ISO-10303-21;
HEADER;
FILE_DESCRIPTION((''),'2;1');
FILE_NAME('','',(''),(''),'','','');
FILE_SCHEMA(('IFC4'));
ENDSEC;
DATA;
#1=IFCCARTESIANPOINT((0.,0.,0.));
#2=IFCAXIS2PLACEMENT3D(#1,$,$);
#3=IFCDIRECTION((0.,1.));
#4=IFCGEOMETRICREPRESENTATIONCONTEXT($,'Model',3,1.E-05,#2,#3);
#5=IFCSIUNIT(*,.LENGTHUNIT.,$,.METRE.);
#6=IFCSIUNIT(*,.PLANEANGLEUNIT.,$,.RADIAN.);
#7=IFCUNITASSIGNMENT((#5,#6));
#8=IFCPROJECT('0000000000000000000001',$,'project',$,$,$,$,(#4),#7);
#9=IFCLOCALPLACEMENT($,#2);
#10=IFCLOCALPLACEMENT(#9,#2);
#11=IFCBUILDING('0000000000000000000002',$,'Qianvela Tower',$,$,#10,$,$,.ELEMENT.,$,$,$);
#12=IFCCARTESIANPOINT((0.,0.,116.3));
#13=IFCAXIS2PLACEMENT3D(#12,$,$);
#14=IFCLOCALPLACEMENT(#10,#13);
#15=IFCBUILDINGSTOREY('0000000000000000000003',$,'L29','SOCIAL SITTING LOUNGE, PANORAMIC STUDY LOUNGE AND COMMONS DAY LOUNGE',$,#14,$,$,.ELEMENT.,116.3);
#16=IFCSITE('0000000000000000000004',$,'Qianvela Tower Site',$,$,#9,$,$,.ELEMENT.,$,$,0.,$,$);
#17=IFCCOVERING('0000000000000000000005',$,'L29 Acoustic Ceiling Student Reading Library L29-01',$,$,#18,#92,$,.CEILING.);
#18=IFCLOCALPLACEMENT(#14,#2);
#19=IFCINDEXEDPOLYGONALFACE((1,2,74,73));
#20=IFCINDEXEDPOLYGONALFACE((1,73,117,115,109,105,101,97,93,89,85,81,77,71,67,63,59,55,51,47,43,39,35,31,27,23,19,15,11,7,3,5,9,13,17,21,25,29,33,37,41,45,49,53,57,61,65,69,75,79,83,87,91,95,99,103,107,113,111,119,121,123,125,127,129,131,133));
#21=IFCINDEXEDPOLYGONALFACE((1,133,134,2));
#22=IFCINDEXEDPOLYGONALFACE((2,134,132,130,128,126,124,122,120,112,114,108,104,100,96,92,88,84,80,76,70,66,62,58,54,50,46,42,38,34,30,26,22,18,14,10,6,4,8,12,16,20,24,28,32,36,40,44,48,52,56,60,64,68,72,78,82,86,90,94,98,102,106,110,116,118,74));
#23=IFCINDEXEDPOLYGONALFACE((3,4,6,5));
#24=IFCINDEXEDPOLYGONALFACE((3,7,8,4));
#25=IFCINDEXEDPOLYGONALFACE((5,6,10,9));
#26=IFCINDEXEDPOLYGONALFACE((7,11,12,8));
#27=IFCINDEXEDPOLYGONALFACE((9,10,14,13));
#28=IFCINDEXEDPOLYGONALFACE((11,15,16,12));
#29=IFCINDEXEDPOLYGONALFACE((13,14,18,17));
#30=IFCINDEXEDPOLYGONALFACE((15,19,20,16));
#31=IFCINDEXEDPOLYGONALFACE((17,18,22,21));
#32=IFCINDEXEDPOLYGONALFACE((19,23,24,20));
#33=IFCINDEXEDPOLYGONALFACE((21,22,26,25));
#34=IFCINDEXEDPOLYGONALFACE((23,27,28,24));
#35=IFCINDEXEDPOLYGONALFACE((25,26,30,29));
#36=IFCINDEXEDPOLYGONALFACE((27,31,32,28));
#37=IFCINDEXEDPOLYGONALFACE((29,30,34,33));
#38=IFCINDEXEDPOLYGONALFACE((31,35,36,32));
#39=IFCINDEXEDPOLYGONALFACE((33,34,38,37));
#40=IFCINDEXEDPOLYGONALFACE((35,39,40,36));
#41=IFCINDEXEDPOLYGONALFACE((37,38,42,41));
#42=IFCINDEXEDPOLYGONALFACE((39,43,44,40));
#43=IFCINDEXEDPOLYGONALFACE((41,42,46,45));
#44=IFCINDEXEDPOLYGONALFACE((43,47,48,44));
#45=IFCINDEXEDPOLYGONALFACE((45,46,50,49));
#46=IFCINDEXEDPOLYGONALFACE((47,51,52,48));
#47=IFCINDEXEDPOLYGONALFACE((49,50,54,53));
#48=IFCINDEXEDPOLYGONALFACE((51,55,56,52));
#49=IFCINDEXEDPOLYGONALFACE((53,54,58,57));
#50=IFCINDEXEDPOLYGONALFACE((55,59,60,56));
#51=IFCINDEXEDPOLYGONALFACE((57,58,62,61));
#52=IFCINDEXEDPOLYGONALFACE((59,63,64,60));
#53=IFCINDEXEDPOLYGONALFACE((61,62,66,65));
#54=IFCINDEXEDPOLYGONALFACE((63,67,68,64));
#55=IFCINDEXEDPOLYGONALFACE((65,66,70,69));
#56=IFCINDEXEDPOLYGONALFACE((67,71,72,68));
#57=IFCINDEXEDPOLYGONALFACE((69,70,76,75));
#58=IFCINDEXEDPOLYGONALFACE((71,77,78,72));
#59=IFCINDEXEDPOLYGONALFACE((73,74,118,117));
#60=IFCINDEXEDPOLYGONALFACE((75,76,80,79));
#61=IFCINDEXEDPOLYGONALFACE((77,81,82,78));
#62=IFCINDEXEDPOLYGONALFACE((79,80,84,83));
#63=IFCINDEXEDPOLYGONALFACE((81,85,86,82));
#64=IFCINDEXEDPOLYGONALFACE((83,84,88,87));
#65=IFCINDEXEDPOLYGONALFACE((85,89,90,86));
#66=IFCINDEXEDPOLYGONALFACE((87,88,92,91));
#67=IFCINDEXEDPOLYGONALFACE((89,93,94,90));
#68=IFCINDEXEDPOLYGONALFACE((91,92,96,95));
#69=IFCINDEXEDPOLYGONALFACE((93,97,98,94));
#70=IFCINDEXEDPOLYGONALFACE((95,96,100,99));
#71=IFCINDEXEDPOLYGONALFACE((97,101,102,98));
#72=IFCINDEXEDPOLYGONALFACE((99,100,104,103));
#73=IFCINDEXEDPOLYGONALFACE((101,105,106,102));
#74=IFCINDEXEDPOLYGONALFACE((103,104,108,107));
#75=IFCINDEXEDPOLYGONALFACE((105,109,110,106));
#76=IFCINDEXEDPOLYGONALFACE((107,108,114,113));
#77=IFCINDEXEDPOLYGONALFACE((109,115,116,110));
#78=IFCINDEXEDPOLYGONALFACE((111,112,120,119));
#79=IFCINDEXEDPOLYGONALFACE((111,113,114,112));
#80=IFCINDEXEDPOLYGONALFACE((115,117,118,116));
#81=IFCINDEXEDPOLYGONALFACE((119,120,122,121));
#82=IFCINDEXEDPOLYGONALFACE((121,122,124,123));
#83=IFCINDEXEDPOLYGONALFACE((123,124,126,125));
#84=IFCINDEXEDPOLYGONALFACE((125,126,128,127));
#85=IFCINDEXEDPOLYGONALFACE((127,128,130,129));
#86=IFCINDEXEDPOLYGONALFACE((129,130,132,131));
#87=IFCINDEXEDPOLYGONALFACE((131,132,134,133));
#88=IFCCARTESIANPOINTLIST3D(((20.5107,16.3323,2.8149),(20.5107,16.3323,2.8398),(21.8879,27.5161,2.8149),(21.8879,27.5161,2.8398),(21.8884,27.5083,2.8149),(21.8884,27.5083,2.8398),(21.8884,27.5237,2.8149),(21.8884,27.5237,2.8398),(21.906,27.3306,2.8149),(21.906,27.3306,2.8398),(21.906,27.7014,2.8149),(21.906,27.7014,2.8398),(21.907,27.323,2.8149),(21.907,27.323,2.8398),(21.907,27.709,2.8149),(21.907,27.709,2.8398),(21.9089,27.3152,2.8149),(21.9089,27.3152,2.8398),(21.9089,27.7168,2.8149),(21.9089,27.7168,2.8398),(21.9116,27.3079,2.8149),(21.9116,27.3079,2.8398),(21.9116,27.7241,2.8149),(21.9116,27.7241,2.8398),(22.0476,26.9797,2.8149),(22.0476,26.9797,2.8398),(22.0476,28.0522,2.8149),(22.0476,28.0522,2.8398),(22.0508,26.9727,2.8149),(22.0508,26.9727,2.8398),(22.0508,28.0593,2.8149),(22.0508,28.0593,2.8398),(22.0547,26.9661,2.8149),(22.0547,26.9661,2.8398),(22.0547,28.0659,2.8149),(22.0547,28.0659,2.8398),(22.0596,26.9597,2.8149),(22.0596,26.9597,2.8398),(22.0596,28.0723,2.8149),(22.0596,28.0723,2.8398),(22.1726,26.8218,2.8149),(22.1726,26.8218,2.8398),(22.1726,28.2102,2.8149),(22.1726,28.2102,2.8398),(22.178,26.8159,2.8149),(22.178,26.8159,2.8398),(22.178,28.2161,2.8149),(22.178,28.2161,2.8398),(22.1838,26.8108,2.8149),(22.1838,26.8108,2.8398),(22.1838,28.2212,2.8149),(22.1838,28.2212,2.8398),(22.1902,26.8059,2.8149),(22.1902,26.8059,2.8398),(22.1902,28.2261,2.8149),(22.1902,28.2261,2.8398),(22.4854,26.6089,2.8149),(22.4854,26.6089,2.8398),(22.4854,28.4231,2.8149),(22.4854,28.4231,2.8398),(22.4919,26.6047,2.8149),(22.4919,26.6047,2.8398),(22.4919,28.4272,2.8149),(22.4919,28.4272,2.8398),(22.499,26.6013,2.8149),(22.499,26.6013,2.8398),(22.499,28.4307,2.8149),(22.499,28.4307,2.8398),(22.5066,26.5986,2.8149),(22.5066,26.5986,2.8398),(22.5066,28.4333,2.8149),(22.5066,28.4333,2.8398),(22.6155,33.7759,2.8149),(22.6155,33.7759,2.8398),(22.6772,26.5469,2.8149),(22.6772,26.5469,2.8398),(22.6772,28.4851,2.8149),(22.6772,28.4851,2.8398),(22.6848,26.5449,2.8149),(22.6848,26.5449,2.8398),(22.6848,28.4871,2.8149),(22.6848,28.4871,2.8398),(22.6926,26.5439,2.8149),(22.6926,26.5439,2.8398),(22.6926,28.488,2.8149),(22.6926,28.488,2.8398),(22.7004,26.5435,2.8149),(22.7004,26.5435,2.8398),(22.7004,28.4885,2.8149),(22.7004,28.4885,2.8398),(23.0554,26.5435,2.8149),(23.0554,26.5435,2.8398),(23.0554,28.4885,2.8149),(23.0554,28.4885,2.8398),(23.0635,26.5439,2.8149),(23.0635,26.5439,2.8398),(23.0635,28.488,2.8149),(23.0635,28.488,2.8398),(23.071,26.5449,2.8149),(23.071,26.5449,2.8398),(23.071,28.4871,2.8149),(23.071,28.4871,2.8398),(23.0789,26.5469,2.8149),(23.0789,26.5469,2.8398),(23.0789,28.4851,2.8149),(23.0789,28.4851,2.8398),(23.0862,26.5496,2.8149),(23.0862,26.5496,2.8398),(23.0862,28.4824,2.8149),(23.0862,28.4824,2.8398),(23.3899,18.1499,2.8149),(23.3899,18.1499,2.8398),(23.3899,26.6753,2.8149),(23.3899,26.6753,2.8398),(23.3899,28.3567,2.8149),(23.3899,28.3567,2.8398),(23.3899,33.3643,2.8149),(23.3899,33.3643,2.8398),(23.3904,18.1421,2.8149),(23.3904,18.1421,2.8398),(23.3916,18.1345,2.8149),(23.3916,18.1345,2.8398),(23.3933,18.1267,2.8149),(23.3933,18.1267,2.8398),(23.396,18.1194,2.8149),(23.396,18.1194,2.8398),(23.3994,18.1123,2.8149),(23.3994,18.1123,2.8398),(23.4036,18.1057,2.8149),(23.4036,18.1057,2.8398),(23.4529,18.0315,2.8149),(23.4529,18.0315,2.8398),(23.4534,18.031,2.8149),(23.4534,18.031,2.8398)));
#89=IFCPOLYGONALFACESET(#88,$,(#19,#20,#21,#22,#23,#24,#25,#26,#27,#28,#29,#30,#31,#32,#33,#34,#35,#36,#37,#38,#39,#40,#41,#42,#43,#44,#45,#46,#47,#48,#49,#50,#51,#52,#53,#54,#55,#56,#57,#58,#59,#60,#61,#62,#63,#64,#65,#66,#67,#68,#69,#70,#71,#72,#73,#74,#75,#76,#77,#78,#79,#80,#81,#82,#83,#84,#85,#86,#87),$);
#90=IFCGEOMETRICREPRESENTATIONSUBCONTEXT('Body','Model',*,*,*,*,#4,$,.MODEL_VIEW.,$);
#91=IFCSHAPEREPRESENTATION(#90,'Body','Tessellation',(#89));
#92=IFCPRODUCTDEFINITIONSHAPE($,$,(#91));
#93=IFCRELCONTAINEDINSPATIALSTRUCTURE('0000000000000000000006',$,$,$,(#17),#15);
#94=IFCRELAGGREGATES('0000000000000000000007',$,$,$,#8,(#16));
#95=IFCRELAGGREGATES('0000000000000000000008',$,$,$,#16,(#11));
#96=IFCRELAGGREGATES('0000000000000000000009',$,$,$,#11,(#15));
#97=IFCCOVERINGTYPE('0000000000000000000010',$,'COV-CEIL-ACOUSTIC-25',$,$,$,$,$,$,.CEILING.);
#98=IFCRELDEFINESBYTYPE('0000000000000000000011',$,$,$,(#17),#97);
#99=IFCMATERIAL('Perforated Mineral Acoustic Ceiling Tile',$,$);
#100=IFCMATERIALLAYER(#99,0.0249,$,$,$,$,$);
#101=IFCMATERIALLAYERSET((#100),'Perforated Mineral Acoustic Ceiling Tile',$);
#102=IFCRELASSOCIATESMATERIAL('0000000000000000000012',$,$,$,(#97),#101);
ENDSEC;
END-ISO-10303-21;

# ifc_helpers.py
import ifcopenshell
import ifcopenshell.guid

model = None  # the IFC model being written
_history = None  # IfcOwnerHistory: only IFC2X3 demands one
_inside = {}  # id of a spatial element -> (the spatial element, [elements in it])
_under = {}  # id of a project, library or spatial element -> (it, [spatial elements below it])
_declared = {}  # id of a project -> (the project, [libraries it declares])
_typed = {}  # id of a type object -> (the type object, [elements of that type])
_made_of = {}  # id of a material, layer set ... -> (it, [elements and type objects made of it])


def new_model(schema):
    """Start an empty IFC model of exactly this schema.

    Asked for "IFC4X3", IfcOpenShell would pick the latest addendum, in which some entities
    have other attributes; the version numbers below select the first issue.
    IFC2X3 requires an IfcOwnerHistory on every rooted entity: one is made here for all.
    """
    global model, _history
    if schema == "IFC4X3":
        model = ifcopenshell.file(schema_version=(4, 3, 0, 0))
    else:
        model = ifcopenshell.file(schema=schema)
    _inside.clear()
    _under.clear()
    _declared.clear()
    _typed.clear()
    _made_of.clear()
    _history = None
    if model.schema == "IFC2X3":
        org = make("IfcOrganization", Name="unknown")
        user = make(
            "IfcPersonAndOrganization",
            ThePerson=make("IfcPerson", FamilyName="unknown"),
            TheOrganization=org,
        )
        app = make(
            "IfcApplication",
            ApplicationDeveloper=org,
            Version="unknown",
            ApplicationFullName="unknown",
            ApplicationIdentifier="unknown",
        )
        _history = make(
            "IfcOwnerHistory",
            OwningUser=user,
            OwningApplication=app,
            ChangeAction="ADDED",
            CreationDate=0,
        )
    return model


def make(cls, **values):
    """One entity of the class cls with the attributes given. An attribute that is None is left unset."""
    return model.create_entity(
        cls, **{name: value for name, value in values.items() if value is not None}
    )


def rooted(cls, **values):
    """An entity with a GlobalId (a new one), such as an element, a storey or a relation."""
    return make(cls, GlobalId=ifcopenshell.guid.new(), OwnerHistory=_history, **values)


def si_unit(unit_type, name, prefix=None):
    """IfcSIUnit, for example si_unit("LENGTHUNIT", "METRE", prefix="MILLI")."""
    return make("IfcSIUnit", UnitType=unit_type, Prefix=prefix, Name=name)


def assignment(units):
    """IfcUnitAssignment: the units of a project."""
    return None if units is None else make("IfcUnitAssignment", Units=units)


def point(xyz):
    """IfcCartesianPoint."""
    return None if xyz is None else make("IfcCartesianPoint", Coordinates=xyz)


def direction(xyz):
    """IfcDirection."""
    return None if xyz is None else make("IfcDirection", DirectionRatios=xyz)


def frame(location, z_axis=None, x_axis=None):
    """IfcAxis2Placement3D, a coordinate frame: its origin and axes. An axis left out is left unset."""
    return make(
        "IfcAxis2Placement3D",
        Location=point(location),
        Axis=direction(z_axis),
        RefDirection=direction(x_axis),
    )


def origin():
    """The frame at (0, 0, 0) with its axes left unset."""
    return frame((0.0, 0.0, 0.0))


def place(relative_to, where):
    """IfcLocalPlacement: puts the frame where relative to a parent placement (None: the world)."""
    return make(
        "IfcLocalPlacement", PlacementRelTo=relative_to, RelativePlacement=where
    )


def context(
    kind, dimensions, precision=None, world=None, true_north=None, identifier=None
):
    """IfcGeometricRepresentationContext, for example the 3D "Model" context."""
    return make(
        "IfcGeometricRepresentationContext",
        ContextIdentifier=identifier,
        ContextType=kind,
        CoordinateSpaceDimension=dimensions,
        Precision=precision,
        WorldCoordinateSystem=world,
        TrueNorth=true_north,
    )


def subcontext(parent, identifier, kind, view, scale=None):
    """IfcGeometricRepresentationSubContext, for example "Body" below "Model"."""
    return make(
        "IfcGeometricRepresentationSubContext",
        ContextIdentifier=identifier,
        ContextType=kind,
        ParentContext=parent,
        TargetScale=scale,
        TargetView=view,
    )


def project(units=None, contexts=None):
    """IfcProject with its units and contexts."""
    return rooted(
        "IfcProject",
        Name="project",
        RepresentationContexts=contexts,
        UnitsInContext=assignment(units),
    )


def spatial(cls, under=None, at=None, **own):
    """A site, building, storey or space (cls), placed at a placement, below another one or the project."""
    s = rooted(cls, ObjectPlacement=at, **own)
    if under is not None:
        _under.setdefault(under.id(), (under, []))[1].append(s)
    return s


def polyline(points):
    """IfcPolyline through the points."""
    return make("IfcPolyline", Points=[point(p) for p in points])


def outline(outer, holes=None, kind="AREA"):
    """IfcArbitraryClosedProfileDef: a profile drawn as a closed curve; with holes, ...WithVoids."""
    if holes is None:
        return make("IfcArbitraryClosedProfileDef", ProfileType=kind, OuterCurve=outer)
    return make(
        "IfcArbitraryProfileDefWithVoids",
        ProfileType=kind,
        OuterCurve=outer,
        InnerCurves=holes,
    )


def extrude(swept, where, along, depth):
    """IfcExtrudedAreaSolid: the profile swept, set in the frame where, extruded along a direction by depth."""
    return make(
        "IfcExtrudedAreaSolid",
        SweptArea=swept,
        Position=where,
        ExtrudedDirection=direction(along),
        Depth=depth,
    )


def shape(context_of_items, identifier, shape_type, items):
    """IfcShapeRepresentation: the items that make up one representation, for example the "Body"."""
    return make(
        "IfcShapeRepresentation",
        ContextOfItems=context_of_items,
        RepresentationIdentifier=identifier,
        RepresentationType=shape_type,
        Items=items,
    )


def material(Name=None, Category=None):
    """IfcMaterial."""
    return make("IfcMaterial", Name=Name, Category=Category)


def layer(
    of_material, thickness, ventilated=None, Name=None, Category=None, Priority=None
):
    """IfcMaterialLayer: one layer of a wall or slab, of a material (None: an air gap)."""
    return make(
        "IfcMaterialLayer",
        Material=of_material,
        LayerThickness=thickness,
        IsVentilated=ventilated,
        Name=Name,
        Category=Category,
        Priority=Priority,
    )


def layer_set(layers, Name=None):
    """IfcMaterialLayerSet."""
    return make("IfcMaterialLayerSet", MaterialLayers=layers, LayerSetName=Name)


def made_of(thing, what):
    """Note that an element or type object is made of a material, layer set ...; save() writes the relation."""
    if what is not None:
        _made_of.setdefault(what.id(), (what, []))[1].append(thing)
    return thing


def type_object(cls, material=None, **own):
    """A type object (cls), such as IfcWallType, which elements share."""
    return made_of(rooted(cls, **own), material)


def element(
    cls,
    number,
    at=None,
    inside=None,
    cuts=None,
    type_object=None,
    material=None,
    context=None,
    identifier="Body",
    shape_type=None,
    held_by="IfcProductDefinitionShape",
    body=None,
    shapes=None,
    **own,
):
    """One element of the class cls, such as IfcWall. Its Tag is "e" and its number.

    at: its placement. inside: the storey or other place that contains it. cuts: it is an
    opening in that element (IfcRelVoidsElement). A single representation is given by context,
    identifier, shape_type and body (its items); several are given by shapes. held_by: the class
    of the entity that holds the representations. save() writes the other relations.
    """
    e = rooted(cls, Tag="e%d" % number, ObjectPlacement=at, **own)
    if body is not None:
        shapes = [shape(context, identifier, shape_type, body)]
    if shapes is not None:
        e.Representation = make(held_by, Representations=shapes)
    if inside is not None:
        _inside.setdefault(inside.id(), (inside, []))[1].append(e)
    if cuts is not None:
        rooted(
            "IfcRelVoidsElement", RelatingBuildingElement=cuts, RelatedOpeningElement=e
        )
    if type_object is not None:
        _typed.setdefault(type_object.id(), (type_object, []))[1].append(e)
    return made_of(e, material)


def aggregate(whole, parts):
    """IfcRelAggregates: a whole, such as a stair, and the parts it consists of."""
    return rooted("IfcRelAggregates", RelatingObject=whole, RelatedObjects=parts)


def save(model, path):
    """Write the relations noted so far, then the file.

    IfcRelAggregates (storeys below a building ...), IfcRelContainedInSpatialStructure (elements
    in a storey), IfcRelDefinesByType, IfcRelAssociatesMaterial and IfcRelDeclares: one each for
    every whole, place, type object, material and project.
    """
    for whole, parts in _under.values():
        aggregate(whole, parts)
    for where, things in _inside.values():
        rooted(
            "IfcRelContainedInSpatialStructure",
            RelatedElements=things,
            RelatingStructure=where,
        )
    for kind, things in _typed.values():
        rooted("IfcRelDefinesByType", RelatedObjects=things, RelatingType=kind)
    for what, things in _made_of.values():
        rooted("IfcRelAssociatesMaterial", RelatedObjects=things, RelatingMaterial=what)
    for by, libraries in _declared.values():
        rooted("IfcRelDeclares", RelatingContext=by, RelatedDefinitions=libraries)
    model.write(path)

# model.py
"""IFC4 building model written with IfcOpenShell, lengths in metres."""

from ifc_helpers import new_model, si_unit, direction, frame, origin, place, context, subcontext, project, spatial, polyline, outline, extrude, material, layer, layer_set, type_object, element, save


model = new_model("IFC4")

# Units and contexts
model_context = context("Model", 3, precision=1e-05, world=origin(), true_north=direction((0.0, 1.0)))
body_context = subcontext(model_context, "Body", "Model", "MODEL_VIEW")
ifc_project = project(units=[si_unit("LENGTHUNIT", "METRE"), si_unit("PLANEANGLEUNIT", "RADIAN")], contexts=[model_context])

# Site, building, storey
site_placement = place(None, origin())
site = spatial("IfcSite", under=ifc_project, at=site_placement, Name="Qianvela Tower Site", CompositionType="ELEMENT", RefElevation=0.0)
building_placement = place(site_placement, origin())
building = spatial("IfcBuilding", under=site, at=building_placement, Name="Qianvela Tower", CompositionType="ELEMENT")
storey_placement = place(building_placement, frame((0.0, 0.0, 116.3)))
storey = spatial("IfcBuildingStorey", under=building, at=storey_placement, Name="L29", Description="SOCIAL SITTING LOUNGE, PANORAMIC STUDY LOUNGE AND COMMONS DAY LOUNGE", CompositionType="ELEMENT", Elevation=116.3)

# Covering
ifc_material_1 = material(Name="Perforated Mineral Acoustic Ceiling Tile")
ifc_layer_1 = layer(ifc_material_1, 0.0249)
ifc_layer_set_1 = layer_set([ifc_layer_1], Name="Perforated Mineral Acoustic Ceiling Tile")
covering_type_1 = type_object("IfcCoveringType", Name="COV-CEIL-ACOUSTIC-25", PredefinedType="CEILING", material=ifc_layer_set_1)
covering_1_placement = place(storey_placement, frame((0.0, 0.0, 2.8149)))
element("IfcCovering", 1, at=covering_1_placement, inside=storey, type_object=covering_type_1, Name="L29 Acoustic Ceiling Student Reading Library L29-01", PredefinedType="CEILING", context=body_context, shape_type="SweptSolid", body=[
    extrude(outline(polyline([(23.3899, 26.6753), (23.3899, 18.1499), (23.3904, 18.1421), (23.3916, 18.1345), (23.3933, 18.1267), (23.396, 18.1194), (23.3994, 18.1123), (23.4036, 18.1057), (23.4529, 18.0315), (23.4534, 18.031), (20.5107, 16.3323), (22.6155, 33.7759), (23.3899, 33.3643), (23.3899, 28.3567), (23.0862, 28.4824), (23.0789, 28.4851), (23.071, 28.4871), (23.0635, 28.488), (23.0554, 28.4885), (22.7004, 28.4885), (22.6926, 28.488), (22.6848, 28.4871), (22.6772, 28.4851), (22.5066, 28.4333), (22.499, 28.4307), (22.4919, 28.4272), (22.4854, 28.4231), (22.1902, 28.2261), (22.1838, 28.2212), (22.178, 28.2161), (22.1726, 28.2102), (22.0596, 28.0723), (22.0547, 28.0659), (22.0508, 28.0593), (22.0476, 28.0522), (21.9116, 27.7241), (21.9089, 27.7168), (21.907, 27.709), (21.906, 27.7014), (21.8884, 27.5237), (21.8879, 27.5161), (21.8884, 27.5083), (21.906, 27.3306), (21.907, 27.323), (21.9089, 27.3152), (21.9116, 27.3079), (22.0476, 26.9797), (22.0508, 26.9727), (22.0547, 26.9661), (22.0596, 26.9597), (22.1726, 26.8218), (22.178, 26.8159), (22.1838, 26.8108), (22.1902, 26.8059), (22.4854, 26.6089), (22.4919, 26.6047), (22.499, 26.6013), (22.5066, 26.5986), (22.6772, 26.5469), (22.6848, 26.5449), (22.6926, 26.5439), (22.7004, 26.5435), (23.0554, 26.5435), (23.0635, 26.5439), (23.071, 26.5449), (23.0789, 26.5469), (23.0862, 26.5496), (23.3899, 26.6753)])), origin(), (0.0, 0.0, 1.0), 0.0249),
])

save(model, "model.ifc")
